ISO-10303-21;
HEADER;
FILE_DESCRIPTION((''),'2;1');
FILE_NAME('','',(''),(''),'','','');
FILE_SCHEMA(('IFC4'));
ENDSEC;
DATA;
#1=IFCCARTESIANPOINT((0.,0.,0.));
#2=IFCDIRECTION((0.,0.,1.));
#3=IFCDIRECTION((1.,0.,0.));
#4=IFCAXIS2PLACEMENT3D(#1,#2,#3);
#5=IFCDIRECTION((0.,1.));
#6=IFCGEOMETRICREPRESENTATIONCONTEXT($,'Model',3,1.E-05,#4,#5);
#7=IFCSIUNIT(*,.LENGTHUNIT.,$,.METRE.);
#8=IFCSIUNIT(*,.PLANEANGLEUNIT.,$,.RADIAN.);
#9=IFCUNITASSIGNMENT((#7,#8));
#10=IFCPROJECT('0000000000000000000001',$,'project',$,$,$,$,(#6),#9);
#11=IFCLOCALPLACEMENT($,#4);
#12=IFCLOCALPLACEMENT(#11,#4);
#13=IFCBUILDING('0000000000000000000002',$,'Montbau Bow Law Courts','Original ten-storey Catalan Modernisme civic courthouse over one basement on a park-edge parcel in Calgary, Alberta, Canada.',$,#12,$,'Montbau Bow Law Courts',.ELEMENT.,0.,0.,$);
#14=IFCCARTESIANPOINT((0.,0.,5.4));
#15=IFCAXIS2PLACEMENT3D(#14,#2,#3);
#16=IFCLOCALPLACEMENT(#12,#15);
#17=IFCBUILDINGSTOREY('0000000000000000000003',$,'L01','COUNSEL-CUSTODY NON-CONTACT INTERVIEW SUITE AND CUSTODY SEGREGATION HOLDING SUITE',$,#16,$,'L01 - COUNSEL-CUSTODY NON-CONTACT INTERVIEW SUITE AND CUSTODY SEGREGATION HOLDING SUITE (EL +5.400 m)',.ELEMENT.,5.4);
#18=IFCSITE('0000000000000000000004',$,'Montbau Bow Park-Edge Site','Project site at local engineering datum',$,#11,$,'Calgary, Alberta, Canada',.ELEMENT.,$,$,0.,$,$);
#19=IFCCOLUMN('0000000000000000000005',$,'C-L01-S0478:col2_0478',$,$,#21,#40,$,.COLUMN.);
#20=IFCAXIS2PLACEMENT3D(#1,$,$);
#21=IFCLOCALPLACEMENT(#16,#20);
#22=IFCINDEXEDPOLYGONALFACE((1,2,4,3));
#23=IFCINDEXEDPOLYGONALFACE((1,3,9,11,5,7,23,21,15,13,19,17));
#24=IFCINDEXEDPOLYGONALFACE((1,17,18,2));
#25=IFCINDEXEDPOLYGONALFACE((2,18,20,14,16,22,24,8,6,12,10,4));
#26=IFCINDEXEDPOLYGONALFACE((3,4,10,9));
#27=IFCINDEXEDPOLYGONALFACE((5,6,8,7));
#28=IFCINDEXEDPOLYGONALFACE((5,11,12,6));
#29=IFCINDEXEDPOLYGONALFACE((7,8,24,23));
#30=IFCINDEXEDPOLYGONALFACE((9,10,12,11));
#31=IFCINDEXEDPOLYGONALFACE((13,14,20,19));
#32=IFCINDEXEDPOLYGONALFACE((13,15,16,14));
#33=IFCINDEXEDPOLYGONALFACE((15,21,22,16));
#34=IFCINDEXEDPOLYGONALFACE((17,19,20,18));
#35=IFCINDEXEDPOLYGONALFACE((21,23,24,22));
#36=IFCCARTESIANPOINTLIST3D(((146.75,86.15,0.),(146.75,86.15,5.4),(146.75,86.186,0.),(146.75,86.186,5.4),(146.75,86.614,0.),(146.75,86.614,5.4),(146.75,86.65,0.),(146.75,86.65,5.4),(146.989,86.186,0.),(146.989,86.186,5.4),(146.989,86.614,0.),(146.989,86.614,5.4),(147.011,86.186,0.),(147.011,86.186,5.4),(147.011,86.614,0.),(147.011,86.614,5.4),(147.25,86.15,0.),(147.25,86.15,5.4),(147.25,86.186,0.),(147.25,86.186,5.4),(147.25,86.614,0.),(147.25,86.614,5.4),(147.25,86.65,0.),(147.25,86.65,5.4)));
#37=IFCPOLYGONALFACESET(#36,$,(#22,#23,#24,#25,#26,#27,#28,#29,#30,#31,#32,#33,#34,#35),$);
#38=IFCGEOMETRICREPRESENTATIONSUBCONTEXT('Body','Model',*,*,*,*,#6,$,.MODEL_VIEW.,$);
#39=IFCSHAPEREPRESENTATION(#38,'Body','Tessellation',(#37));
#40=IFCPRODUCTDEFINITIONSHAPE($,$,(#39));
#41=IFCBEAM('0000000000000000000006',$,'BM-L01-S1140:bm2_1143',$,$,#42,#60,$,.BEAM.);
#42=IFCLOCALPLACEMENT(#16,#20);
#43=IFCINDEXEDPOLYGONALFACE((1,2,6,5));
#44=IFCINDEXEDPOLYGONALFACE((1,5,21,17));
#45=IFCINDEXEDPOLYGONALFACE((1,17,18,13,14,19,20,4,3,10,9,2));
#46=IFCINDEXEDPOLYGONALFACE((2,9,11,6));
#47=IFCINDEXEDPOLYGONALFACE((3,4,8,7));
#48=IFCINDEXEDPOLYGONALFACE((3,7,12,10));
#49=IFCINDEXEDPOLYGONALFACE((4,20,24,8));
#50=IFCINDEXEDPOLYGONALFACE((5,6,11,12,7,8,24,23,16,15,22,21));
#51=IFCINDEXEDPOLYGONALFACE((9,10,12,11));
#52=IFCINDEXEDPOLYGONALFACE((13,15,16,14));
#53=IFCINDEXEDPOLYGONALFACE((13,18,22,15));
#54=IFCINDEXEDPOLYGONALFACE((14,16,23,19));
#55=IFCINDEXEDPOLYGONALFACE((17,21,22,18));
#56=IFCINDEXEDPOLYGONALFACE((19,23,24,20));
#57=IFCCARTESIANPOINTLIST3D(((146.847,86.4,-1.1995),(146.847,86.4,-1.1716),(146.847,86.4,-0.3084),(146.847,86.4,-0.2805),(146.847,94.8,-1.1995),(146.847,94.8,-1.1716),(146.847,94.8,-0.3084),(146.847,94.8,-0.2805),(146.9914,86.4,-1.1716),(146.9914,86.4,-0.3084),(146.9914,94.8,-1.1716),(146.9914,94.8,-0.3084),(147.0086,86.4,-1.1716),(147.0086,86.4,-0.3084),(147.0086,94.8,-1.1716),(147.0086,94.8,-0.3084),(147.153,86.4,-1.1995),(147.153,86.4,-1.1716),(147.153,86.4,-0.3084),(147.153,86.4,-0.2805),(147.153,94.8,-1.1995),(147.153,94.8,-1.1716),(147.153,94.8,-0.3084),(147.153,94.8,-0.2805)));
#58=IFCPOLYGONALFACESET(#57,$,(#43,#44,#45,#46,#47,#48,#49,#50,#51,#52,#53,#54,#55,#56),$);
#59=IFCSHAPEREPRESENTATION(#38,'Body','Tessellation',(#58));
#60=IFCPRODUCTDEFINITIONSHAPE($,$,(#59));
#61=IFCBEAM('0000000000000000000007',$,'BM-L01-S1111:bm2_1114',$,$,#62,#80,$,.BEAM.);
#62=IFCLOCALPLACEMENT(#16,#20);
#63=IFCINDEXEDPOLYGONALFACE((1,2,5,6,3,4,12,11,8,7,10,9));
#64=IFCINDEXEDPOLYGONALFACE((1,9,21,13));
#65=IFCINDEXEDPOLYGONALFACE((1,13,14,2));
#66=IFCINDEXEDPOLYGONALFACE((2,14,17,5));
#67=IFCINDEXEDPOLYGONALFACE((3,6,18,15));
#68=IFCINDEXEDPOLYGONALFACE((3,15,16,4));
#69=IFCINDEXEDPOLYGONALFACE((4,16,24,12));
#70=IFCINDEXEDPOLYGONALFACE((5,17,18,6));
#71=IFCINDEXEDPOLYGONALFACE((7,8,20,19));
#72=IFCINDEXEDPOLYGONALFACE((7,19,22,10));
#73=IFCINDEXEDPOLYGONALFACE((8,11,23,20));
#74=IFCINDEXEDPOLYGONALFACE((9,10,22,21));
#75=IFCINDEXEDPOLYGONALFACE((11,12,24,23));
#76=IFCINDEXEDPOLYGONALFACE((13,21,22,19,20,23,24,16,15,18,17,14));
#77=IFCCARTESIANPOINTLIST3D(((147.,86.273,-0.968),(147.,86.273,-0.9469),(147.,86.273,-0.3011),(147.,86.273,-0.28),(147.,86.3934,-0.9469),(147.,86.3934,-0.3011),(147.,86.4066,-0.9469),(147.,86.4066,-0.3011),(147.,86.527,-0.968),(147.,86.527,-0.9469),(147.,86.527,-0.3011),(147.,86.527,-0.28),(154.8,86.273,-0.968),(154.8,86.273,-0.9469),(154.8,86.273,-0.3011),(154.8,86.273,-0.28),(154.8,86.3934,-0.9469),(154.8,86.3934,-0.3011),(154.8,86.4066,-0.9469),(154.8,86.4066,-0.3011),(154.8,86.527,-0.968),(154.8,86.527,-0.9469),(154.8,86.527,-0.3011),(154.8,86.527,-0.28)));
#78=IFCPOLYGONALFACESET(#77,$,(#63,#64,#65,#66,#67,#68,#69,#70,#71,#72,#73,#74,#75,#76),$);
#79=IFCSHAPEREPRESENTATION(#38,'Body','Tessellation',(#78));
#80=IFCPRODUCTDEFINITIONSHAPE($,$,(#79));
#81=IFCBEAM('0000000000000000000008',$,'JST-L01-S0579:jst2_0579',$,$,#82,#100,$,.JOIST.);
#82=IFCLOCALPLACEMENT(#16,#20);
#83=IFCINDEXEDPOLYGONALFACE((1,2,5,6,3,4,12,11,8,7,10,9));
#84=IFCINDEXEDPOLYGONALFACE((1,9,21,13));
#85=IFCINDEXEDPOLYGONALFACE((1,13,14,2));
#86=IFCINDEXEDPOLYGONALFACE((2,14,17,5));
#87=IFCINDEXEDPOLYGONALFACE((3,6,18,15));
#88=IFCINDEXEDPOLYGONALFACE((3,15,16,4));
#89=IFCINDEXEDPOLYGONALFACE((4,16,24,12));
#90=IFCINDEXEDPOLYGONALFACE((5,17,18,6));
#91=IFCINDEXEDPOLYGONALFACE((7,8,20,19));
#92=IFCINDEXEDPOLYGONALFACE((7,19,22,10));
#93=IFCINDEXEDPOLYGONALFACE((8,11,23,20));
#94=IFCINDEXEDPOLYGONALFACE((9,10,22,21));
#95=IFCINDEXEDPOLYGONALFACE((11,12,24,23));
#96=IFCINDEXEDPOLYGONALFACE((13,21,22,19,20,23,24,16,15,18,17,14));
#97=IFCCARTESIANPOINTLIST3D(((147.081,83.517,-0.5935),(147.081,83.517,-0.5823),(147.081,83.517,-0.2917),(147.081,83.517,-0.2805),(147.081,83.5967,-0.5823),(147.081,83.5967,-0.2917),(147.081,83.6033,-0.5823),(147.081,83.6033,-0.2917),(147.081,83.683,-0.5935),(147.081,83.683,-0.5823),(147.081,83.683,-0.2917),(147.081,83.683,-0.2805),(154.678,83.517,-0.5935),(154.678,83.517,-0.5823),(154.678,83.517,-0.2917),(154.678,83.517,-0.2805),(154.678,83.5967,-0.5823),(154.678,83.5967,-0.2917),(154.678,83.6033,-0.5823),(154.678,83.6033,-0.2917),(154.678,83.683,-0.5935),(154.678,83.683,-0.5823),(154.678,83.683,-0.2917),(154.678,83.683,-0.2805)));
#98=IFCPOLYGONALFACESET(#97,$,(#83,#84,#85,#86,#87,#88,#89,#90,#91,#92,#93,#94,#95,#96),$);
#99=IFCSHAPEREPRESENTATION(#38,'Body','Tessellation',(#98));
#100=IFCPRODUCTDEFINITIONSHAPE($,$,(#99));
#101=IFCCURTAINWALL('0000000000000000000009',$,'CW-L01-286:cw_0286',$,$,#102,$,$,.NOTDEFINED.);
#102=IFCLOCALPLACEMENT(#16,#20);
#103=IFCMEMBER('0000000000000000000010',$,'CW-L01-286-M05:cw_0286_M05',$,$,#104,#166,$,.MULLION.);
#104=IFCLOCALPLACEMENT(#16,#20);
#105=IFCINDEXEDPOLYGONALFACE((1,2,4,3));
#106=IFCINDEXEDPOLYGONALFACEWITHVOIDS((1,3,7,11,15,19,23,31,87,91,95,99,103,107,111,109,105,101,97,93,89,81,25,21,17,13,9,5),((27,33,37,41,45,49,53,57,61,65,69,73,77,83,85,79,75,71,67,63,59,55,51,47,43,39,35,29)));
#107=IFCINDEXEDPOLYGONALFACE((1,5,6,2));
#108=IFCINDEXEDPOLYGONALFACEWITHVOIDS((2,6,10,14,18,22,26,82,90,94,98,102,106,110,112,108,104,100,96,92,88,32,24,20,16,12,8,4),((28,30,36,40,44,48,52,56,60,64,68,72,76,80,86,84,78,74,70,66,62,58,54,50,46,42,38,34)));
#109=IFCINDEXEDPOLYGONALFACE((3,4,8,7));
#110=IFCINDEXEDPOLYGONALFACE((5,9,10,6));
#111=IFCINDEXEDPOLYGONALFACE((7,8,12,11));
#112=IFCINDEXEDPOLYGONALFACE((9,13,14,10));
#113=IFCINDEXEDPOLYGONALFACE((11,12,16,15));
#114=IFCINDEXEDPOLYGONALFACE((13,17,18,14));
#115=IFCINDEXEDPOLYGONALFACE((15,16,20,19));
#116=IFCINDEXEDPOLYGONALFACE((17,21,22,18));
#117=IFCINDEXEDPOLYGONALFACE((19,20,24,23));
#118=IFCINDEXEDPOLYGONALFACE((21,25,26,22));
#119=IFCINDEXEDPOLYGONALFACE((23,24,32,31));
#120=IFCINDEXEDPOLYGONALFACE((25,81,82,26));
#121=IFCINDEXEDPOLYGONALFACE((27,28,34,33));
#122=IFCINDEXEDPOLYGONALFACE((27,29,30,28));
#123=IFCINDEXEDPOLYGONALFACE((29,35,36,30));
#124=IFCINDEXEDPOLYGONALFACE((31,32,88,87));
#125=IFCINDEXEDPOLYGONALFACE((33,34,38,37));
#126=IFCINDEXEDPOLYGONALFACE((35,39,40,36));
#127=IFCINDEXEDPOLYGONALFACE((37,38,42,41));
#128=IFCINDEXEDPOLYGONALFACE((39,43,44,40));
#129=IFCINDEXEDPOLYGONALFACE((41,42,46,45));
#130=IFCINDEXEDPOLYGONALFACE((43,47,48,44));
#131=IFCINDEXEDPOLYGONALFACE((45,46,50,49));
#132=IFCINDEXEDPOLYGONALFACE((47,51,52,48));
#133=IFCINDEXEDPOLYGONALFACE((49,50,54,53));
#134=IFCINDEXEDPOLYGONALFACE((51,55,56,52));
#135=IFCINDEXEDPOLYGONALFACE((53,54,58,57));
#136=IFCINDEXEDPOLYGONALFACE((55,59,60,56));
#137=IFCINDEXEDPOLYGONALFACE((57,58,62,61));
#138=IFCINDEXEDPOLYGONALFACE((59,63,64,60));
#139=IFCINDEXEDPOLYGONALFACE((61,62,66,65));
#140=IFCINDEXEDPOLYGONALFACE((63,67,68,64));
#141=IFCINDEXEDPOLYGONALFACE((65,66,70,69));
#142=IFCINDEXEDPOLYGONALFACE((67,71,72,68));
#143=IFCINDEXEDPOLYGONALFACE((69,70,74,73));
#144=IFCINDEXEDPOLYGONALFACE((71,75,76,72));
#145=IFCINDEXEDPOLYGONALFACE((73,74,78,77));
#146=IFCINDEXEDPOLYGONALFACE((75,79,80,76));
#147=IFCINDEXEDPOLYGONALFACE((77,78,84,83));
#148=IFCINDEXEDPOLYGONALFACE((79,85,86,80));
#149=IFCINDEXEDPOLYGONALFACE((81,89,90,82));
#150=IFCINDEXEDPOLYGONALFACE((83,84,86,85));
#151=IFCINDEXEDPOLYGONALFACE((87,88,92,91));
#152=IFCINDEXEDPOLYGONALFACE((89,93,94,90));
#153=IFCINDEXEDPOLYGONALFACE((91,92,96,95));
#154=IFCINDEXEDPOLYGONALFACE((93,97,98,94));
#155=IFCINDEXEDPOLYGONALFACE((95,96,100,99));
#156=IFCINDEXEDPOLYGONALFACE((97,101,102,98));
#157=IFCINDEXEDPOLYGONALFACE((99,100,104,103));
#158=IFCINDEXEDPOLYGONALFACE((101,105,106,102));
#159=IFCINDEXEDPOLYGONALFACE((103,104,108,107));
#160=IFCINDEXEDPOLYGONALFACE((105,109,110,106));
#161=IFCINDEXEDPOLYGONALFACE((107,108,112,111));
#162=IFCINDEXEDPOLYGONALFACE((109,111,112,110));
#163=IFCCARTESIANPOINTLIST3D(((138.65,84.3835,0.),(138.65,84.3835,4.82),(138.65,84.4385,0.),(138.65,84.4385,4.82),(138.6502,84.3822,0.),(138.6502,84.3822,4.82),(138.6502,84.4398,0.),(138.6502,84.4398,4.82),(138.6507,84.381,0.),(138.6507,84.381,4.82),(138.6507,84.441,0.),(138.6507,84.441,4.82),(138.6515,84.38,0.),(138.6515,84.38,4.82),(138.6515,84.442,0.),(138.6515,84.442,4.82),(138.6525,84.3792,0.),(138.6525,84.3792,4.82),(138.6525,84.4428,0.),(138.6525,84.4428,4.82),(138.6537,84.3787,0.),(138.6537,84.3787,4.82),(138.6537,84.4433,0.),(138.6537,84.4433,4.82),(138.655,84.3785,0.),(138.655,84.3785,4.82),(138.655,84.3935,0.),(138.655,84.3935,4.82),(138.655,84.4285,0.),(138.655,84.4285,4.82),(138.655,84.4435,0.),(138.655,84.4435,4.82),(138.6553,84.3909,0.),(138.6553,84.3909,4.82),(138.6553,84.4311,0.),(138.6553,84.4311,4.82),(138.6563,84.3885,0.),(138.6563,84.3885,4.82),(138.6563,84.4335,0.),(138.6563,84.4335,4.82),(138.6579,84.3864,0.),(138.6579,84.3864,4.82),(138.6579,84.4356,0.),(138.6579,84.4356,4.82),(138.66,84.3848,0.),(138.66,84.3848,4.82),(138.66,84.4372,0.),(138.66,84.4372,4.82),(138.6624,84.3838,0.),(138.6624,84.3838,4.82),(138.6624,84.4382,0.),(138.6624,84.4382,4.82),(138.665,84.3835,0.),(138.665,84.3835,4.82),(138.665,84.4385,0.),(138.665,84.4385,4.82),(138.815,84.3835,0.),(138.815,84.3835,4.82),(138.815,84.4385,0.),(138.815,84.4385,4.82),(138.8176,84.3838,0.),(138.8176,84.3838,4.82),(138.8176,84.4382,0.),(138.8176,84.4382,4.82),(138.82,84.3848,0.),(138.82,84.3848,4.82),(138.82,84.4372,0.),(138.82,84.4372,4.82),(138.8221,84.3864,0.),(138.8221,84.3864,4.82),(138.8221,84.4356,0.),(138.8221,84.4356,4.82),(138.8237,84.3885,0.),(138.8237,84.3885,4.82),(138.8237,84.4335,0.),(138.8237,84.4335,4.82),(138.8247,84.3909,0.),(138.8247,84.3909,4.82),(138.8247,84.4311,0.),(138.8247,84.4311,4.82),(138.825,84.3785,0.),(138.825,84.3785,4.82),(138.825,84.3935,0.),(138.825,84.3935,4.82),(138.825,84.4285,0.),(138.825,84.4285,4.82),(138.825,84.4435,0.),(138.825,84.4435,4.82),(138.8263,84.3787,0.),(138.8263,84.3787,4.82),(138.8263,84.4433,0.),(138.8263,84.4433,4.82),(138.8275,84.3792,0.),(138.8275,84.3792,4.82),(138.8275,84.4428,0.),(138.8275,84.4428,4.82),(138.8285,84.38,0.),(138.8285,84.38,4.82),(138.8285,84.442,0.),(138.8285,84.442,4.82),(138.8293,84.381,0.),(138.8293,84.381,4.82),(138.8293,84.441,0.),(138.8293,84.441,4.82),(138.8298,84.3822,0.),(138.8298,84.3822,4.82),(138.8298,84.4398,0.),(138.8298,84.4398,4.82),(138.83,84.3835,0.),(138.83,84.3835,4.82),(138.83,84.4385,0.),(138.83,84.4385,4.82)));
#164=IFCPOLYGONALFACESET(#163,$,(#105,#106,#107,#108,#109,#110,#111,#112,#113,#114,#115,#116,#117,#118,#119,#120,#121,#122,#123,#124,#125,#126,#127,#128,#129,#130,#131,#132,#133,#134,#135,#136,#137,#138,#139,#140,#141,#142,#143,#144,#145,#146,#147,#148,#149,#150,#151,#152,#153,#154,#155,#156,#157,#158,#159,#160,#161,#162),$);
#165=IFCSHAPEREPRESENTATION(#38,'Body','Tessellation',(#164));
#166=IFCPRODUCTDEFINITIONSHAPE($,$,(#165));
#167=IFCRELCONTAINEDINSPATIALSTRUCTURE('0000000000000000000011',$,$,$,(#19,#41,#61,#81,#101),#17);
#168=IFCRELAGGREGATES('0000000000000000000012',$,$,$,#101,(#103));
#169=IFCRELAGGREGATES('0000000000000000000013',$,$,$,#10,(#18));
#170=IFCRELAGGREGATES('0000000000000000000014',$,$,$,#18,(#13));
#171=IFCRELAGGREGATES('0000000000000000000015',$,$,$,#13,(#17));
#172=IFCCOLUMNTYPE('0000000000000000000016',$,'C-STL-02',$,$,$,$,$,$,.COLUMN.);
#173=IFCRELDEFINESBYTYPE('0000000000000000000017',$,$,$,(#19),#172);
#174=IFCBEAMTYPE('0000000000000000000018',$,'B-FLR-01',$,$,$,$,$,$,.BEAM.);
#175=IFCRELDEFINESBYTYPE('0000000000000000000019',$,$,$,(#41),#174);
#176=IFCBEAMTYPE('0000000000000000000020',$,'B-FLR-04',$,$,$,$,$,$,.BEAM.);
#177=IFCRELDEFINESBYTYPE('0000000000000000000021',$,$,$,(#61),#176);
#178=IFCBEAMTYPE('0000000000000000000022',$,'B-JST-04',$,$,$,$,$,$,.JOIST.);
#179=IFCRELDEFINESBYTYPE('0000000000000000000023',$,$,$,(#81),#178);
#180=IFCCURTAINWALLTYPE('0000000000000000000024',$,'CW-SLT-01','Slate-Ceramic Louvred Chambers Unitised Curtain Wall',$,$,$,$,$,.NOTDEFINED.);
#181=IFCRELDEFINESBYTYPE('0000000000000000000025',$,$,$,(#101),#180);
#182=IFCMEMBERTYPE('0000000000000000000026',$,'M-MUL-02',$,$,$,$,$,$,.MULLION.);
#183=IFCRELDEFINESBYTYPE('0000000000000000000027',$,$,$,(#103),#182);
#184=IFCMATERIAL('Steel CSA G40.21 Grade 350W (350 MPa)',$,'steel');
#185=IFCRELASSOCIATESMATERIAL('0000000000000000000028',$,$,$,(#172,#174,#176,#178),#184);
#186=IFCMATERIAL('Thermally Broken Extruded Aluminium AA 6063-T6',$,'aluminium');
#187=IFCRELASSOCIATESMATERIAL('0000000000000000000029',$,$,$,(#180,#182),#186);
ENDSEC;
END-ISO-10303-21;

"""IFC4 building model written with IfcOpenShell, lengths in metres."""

from ifc_helpers import new_model, si_unit, direction, frame, origin_with_axes, origin_2d_with_axis, place, context, subcontext, project, spatial, hollow_rectangle, i_section, extrude, material, material_profile, profile_set, type_object, element, aggregate, save


model = new_model("IFC4")

# Units and contexts
model_context = context("Model", 3, precision=1e-05, world=origin_with_axes(), true_north=direction((0.0, 1.0)))
body_context = subcontext(model_context, "Body", "Model", "MODEL_VIEW")
ifc_project = project(units=[si_unit("LENGTHUNIT", "METRE"), si_unit("PLANEANGLEUNIT", "RADIAN")], contexts=[model_context])

# Site, building, storey
site_placement = place(None, origin_with_axes())
site = spatial("IfcSite", under=ifc_project, at=site_placement, Name="Montbau Bow Park-Edge Site", Description="Project site at local engineering datum", LongName="Calgary, Alberta, Canada", CompositionType="ELEMENT", RefElevation=0.0)
building_placement = place(site_placement, origin_with_axes())
building = spatial("IfcBuilding", under=site, at=building_placement, Name="Montbau Bow Law Courts", Description="Original ten-storey Catalan Modernisme civic courthouse over one basement on a park-edge parcel in Calgary, Alberta, Canada.", LongName="Montbau Bow Law Courts", CompositionType="ELEMENT", ElevationOfRefHeight=0.0, ElevationOfTerrain=0.0)
storey_placement = place(building_placement, frame((0.0, 0.0, 5.4), z_axis=(0.0, 0.0, 1.0), x_axis=(1.0, 0.0, 0.0)))
storey = spatial("IfcBuildingStorey", under=building, at=storey_placement, Name="L01", Description="COUNSEL-CUSTODY NON-CONTACT INTERVIEW SUITE AND CUSTODY SEGREGATION HOLDING SUITE", LongName="L01 - COUNSEL-CUSTODY NON-CONTACT INTERVIEW SUITE AND CUSTODY SEGREGATION HOLDING SUITE (EL +5.400 m)", CompositionType="ELEMENT", Elevation=5.4)

# Column
ifc_material_1 = material(Name="Steel CSA G40.21 Grade 350W (350 MPa)", Category="steel")
ifc_material_profile_1 = material_profile(ifc_material_1, i_section(OverallWidth=0.5, OverallDepth=0.5, WebThickness=0.022, FlangeThickness=0.036, at=origin_2d_with_axis()), Name="WWF500X343", Category="Main", Priority=0)
ifc_profile_set_1 = profile_set([ifc_material_profile_1], Name="Steel CSA G40.21 Grade 350W (350 MPa)")
column_type = type_object("IfcColumnType", Name="C-STL-02", PredefinedType="COLUMN", material=ifc_profile_set_1)
column_placement = place(None, frame((147.0, 86.4, 5.4), z_axis=(0.0, 0.0, 1.0), x_axis=(1.0, 0.0, 0.0)))
element("IfcColumn", 1, at=column_placement, inside=storey, type_object=column_type, Name="C-L01-S0478:col2_0478", PredefinedType="COLUMN", context=body_context, shape_type="SweptSolid", body=[
    extrude(i_section(OverallWidth=0.5, OverallDepth=0.5, WebThickness=0.022, FlangeThickness=0.036, at=origin_2d_with_axis()), origin_with_axes(), (0.0, 0.0, 1.0), 5.4),
])

# Beams
ifc_material_profile_2 = material_profile(ifc_material_1, i_section(OverallWidth=0.306, OverallDepth=0.919, WebThickness=0.0173, FlangeThickness=0.0279, at=origin_2d_with_axis()), Name="W920X253", Category="Main", Priority=0)
ifc_profile_set_2 = profile_set([ifc_material_profile_2], Name="Steel CSA G40.21 Grade 350W (350 MPa)")
beam_type_1 = type_object("IfcBeamType", Name="B-FLR-01", PredefinedType="BEAM", material=ifc_profile_set_2)
beam_1_placement = place(None, frame((147.0, 86.4, 4.66), z_axis=(0.0, 1.0, 0.0), x_axis=(-1.0, 0.0, 0.0)))
element("IfcBeam", 2, at=beam_1_placement, inside=storey, type_object=beam_type_1, Name="BM-L01-S1140:bm2_1143", PredefinedType="BEAM", context=body_context, shape_type="SweptSolid", body=[
    extrude(i_section(OverallWidth=0.306, OverallDepth=0.919, WebThickness=0.0173, FlangeThickness=0.0279, at=origin_2d_with_axis()), origin_with_axes(), (0.0, 0.0, 1.0), 8.4),
])
ifc_material_profile_3 = material_profile(ifc_material_1, i_section(OverallWidth=0.254, OverallDepth=0.688, WebThickness=0.0131, FlangeThickness=0.0211, at=origin_2d_with_axis()), Name="W690X152", Category="Main", Priority=0)
ifc_profile_set_3 = profile_set([ifc_material_profile_3], Name="Steel CSA G40.21 Grade 350W (350 MPa)")
beam_type_2 = type_object("IfcBeamType", Name="B-FLR-04", PredefinedType="BEAM", material=ifc_profile_set_3)
beam_2_placement = place(None, frame((147.0, 86.4, 4.776), z_axis=(1.0, 0.0, 0.0), x_axis=(0.0, 1.0, 0.0)))
element("IfcBeam", 3, at=beam_2_placement, inside=storey, type_object=beam_type_2, Name="BM-L01-S1111:bm2_1114", PredefinedType="BEAM", context=body_context, shape_type="SweptSolid", body=[
    extrude(i_section(OverallWidth=0.254, OverallDepth=0.688, WebThickness=0.0131, FlangeThickness=0.0211, at=origin_2d_with_axis()), origin_with_axes(), (0.0, 0.0, 1.0), 7.8),
])
ifc_material_profile_4 = material_profile(ifc_material_1, i_section(OverallWidth=0.166, OverallDepth=0.313, WebThickness=0.0066, FlangeThickness=0.0112, at=origin_2d_with_axis()), Name="W310X45", Category="Main", Priority=0)
ifc_profile_set_4 = profile_set([ifc_material_profile_4], Name="Steel CSA G40.21 Grade 350W (350 MPa)")
beam_type_3 = type_object("IfcBeamType", Name="B-JST-04", PredefinedType="JOIST", material=ifc_profile_set_4)
beam_3_placement = place(None, frame((147.081, 83.6, 4.963), z_axis=(1.0, 0.0, 0.0), x_axis=(0.0, 1.0, 0.0)))
element("IfcBeam", 4, at=beam_3_placement, inside=storey, type_object=beam_type_3, Name="JST-L01-S0579:jst2_0579", PredefinedType="JOIST", context=body_context, shape_type="SweptSolid", body=[
    extrude(i_section(OverallWidth=0.166, OverallDepth=0.313, WebThickness=0.0066, FlangeThickness=0.0112, at=origin_2d_with_axis()), origin_with_axes(), (0.0, 0.0, 1.0), 7.597),
])

# Curtain wall, member
ifc_material_2 = material(Name="Thermally Broken Extruded Aluminium AA 6063-T6", Category="aluminium")
curtain_wall_type = type_object("IfcCurtainWallType", Name="CW-SLT-01", Description="Slate-Ceramic Louvred Chambers Unitised Curtain Wall", PredefinedType="NOTDEFINED", material=ifc_material_2)
curtain_wall_1_placement = place(None, frame((138.74, 78.515, 5.4), z_axis=(0.0, 0.0, 1.0), x_axis=(1.0, 0.0, 0.0)))
curtain_wall_1 = element("IfcCurtainWall", 5, at=curtain_wall_1_placement, inside=storey, type_object=curtain_wall_type, Name="CW-L01-286:cw_0286", PredefinedType="NOTDEFINED")
ifc_material_profile_5 = material_profile(ifc_material_2, hollow_rectangle(XDim=0.065, YDim=0.18, WallThickness=0.005, InnerFilletRadius=0.01, OuterFilletRadius=0.005, at=origin_2d_with_axis()), Name="CWM-180X65", Category="Main", Priority=0)
ifc_profile_set_5 = profile_set([ifc_material_profile_5], Name="Thermally Broken Extruded Aluminium AA 6063-T6")
member_type_1 = type_object("IfcMemberType", Name="M-MUL-02", PredefinedType="MULLION", material=ifc_profile_set_5)
member_1_placement = place(None, frame((138.74, 84.411, 5.4), z_axis=(0.0, 0.0, 1.0), x_axis=(0.0, 1.0, 0.0)))
member_1 = element("IfcMember", 6, at=member_1_placement, type_object=member_type_1, Name="CW-L01-286-M05:cw_0286_M05", PredefinedType="MULLION", context=body_context, shape_type="SweptSolid", body=[
    extrude(hollow_rectangle(XDim=0.065, YDim=0.18, WallThickness=0.005, InnerFilletRadius=0.01, OuterFilletRadius=0.005, at=origin_2d_with_axis()), origin_with_axes(), (0.0, 0.0, 1.0), 4.82),
])

aggregate(curtain_wall_1, [member_1])

save(model, "model.ifc")
